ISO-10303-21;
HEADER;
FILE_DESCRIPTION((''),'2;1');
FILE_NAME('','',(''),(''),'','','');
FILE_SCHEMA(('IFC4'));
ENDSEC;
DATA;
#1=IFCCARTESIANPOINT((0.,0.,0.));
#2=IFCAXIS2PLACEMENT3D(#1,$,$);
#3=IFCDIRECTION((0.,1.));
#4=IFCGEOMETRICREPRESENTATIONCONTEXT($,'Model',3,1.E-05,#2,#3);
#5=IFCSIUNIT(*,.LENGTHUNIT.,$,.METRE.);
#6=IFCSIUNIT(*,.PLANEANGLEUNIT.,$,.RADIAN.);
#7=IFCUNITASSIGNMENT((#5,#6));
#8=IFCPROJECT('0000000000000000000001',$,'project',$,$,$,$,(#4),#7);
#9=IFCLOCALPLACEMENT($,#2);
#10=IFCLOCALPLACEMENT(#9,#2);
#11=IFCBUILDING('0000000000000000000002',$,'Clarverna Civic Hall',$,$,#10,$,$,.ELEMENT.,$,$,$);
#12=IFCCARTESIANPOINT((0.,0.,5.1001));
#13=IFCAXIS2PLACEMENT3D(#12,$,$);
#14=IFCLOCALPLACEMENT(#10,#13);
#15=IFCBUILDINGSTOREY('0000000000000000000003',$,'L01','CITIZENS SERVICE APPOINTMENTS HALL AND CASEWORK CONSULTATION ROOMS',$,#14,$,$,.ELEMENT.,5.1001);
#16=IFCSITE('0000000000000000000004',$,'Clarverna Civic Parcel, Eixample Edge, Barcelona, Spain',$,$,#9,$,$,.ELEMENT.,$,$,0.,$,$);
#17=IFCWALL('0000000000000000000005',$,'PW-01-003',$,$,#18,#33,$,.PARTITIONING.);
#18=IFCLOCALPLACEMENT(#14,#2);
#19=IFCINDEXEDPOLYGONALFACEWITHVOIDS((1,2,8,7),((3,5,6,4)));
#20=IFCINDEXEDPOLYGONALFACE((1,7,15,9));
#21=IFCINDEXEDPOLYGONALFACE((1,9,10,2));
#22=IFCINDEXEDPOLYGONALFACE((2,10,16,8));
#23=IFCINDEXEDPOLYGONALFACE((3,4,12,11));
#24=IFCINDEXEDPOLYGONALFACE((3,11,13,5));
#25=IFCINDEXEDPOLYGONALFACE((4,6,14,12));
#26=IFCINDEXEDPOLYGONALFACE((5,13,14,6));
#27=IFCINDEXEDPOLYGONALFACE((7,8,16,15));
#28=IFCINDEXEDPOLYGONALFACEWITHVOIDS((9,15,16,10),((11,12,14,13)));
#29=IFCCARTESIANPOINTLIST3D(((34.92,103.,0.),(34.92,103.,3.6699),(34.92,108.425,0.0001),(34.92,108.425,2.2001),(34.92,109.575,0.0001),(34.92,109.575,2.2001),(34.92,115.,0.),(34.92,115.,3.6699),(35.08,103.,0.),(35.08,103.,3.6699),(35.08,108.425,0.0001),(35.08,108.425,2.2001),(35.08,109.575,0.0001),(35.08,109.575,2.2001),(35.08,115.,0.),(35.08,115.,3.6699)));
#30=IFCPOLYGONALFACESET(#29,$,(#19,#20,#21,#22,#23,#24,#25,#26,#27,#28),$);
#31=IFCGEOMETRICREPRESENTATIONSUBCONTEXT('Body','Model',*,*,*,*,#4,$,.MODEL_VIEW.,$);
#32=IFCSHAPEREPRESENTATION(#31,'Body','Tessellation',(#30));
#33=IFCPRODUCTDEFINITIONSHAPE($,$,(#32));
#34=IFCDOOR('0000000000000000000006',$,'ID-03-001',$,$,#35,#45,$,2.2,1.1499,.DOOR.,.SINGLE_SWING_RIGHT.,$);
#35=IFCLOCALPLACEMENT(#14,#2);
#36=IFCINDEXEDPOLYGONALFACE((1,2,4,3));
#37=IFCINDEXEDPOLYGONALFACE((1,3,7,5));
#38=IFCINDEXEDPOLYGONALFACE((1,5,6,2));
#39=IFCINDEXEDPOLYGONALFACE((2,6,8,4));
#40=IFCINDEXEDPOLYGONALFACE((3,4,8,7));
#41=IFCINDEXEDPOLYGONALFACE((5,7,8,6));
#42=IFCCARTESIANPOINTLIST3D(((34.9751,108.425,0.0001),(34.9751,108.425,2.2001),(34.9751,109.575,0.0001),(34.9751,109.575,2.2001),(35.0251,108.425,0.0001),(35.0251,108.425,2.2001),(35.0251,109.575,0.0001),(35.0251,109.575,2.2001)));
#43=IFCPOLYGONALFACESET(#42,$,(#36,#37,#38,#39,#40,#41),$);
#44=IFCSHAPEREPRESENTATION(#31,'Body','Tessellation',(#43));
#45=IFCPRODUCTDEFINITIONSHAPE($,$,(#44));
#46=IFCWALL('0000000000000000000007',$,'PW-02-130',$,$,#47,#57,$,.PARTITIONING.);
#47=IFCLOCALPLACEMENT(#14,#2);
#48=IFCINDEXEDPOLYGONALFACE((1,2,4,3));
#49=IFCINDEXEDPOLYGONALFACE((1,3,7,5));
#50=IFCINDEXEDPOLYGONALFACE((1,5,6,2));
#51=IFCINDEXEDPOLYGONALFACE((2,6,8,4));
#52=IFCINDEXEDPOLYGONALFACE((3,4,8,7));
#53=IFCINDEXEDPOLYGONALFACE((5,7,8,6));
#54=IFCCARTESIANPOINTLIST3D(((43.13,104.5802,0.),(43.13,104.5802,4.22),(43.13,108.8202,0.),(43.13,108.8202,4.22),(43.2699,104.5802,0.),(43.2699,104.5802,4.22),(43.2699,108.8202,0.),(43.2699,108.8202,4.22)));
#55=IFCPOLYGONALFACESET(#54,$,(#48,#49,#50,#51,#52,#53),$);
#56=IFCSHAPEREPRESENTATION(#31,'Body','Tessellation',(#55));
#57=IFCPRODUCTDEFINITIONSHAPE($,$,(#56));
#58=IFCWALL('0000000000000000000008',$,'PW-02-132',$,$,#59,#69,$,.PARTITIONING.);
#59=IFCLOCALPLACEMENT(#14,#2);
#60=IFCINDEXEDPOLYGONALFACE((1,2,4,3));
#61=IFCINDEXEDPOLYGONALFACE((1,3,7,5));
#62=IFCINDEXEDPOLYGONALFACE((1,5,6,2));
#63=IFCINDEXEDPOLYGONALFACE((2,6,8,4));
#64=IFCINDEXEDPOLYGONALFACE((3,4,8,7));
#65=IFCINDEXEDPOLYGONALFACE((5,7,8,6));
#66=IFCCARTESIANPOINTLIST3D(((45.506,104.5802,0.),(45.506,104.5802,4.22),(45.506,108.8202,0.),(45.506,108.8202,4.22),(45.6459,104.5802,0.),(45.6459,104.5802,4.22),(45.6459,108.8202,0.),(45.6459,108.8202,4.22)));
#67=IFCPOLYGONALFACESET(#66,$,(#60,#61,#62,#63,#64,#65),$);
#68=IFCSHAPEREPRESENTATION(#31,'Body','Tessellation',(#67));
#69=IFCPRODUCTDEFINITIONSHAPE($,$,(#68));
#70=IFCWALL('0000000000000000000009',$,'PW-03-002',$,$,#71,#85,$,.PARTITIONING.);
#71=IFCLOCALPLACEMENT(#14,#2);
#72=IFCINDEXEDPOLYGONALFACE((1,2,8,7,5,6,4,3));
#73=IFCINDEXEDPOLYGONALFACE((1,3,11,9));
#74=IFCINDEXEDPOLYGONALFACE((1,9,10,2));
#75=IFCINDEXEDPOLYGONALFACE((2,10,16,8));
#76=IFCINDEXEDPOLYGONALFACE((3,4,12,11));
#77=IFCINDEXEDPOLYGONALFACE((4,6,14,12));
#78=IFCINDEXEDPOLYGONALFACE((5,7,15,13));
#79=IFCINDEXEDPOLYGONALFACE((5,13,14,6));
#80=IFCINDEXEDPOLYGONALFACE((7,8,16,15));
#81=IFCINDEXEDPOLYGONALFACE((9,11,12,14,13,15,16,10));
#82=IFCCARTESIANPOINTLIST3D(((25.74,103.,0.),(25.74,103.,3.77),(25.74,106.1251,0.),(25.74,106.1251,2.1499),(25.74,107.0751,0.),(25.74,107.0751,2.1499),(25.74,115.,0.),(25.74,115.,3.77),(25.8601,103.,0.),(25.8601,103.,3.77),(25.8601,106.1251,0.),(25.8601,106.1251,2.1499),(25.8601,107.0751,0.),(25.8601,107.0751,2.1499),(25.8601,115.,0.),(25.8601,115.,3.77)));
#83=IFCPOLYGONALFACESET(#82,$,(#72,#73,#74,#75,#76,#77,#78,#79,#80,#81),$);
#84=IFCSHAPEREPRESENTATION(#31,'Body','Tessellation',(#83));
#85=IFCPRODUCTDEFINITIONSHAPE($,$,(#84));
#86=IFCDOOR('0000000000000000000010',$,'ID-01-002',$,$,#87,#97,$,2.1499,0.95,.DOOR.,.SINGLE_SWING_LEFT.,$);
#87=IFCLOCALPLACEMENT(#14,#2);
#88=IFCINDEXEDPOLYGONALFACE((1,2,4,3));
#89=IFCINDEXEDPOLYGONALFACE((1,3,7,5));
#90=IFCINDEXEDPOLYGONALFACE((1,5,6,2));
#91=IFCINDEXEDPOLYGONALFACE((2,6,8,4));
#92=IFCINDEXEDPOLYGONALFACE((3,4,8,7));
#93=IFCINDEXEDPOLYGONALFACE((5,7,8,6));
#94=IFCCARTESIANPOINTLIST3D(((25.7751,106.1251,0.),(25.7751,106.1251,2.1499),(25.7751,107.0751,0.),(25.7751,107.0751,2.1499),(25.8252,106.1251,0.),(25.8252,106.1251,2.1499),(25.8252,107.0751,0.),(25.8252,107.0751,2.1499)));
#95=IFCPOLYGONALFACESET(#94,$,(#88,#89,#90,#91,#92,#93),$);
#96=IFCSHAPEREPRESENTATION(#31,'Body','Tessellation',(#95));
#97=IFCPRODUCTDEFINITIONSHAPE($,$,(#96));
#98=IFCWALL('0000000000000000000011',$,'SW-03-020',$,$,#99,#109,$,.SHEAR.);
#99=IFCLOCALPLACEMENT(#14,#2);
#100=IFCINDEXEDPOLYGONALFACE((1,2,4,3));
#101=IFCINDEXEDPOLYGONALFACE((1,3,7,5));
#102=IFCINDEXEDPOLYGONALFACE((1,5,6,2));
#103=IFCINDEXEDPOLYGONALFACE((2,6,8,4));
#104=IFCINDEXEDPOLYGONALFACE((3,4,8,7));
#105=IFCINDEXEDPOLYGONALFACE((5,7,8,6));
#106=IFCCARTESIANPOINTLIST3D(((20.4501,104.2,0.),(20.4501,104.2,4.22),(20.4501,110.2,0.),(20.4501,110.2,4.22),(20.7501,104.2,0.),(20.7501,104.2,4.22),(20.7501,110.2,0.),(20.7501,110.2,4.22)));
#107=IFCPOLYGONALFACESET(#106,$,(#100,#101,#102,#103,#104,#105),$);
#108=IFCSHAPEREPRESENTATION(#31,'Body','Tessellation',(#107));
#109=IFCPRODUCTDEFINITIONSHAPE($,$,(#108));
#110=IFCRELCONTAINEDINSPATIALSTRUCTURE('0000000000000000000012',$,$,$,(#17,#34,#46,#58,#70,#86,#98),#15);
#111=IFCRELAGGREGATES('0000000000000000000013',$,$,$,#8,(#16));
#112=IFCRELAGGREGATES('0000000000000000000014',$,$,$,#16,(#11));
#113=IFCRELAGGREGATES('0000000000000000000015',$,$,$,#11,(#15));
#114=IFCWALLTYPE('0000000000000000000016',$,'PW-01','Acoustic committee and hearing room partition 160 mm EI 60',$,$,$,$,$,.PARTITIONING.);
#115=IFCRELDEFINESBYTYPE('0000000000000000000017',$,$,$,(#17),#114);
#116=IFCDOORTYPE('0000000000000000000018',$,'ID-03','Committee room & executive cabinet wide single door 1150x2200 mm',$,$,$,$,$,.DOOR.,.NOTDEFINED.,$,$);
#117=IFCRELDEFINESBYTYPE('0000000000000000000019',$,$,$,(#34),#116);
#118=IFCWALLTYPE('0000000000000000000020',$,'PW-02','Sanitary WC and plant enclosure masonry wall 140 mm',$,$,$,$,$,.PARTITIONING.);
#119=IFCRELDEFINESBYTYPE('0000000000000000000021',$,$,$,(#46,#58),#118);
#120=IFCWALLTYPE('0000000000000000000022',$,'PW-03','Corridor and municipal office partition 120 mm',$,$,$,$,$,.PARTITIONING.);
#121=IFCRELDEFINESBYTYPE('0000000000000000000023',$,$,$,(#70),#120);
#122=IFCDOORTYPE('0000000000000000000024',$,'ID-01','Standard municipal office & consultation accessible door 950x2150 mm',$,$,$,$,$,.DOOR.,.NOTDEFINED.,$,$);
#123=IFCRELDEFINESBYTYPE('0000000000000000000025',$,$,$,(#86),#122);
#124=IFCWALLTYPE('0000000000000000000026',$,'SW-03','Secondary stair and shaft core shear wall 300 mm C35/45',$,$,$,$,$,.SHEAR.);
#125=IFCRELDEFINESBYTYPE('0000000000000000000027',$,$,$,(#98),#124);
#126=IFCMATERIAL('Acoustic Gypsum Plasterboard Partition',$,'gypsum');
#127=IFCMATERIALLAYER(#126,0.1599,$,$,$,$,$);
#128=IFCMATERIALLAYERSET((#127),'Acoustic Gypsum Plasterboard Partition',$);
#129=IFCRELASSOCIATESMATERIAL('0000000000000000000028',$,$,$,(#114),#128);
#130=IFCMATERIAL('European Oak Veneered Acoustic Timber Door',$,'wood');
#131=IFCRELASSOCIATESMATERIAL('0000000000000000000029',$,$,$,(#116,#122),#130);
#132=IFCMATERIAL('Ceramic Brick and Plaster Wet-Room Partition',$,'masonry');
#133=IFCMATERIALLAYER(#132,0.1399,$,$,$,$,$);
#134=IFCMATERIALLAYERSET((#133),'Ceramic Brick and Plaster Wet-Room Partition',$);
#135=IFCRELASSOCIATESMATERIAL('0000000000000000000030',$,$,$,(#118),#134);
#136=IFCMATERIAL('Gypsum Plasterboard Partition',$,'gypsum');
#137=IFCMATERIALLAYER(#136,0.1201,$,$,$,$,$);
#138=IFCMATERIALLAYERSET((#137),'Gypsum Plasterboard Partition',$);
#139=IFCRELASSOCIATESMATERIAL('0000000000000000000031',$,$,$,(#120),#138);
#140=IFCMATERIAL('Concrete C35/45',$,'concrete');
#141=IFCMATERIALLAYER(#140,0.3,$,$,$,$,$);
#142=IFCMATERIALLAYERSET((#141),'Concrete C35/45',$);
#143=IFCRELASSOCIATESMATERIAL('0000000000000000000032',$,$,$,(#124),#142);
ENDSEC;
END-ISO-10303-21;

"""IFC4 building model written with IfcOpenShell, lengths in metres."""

from ifc_helpers import new_model, si_unit, direction, frame, frame_2d, origin, place, context, subcontext, project, spatial, rectangle, extrude, material, layer, layer_set, type_object, element, fill, save


model = new_model("IFC4")

# Units and contexts
model_context = context("Model", 3, precision=1e-05, world=origin(), true_north=direction((0.0, 1.0)))
body_context = subcontext(model_context, "Body", "Model", "MODEL_VIEW")
ifc_project = project(units=[si_unit("LENGTHUNIT", "METRE"), si_unit("PLANEANGLEUNIT", "RADIAN")], contexts=[model_context])

# Site, building, storey
site_placement = place(None, origin())
site = spatial("IfcSite", under=ifc_project, at=site_placement, Name="Clarverna Civic Parcel, Eixample Edge, Barcelona, Spain", CompositionType="ELEMENT", RefElevation=0.0)
building_placement = place(site_placement, origin())
building = spatial("IfcBuilding", under=site, at=building_placement, Name="Clarverna Civic Hall", CompositionType="ELEMENT")
storey_placement = place(building_placement, frame((0.0, 0.0, 5.1001)))
storey = spatial("IfcBuildingStorey", under=building, at=storey_placement, Name="L01", Description="CITIZENS SERVICE APPOINTMENTS HALL AND CASEWORK CONSULTATION ROOMS", CompositionType="ELEMENT", Elevation=5.1001)

# Shared definitions
ifc_material_1 = material(Name="Concrete C35/45", Category="concrete")

# Wall, opening, door
ifc_material_2 = material(Name="Acoustic Gypsum Plasterboard Partition", Category="gypsum")
ifc_layer_1 = layer(ifc_material_2, 0.1599)
ifc_layer_set_1 = layer_set([ifc_layer_1], Name="Acoustic Gypsum Plasterboard Partition")
wall_type_1 = type_object("IfcWallType", Name="PW-01", Description="Acoustic committee and hearing room partition 160 mm EI 60", PredefinedType="PARTITIONING", material=ifc_layer_set_1)
wall_1_placement = place(storey_placement, frame((35.0, 103.0, 0.0), z_axis=(0.0, 0.0, 1.0), x_axis=(0.0, 1.0, 0.0)))
wall_1 = element("IfcWall", 1, at=wall_1_placement, inside=storey, type_object=wall_type_1, Name="PW-01-003", PredefinedType="PARTITIONING", context=body_context, shape_type="SweptSolid", body=[
    extrude(rectangle(XDim=12.0, YDim=0.1599, at=frame_2d((6.0, 0.0))), origin(), (0.0, 0.0, 1.0), 3.6699),
])
opening_1_placement = place(wall_1_placement, frame((5.425, 0.0, 0.0)))
opening_1 = element("IfcOpeningElement", 2, at=opening_1_placement, cuts=wall_1, PredefinedType="OPENING", context=body_context, shape_type="SweptSolid", body=[
    extrude(rectangle(XDim=1.1499, YDim=2.2, at=frame_2d((0.575, 1.1001))), frame((0.0, 0.0898, 0.0), z_axis=(0.0, -1.0, 0.0), x_axis=(1.0, 0.0, 0.0)), (0.0, 0.0, 1.0), 0.1799),
])
ifc_material_3 = material(Name="European Oak Veneered Acoustic Timber Door", Category="wood")
door_type_1 = type_object("IfcDoorType", Name="ID-03", Description="Committee room & executive cabinet wide single door 1150x2200 mm", OperationType="NOTDEFINED", PredefinedType="DOOR", material=ifc_material_3)
door_1_placement = place(opening_1_placement, origin())
door_1 = element("IfcDoor", 3, at=door_1_placement, inside=storey, type_object=door_type_1, Name="ID-03-001", OperationType="SINGLE_SWING_RIGHT", OverallHeight=2.2, OverallWidth=1.1499, PredefinedType="DOOR", context=body_context, shape_type="SweptSolid", body=[
    extrude(rectangle(XDim=1.1499, YDim=2.2, at=frame_2d((0.575, 1.1001))), frame((0.0, 0.0249, 0.0), z_axis=(0.0, -1.0, 0.0), x_axis=(1.0, 0.0, 0.0)), (0.0, 0.0, 1.0), 0.05),
])
fill(opening_1, door_1)

# Walls
ifc_material_4 = material(Name="Ceramic Brick and Plaster Wet-Room Partition", Category="masonry")
ifc_layer_2 = layer(ifc_material_4, 0.1399)
ifc_layer_set_2 = layer_set([ifc_layer_2], Name="Ceramic Brick and Plaster Wet-Room Partition")
wall_type_2 = type_object("IfcWallType", Name="PW-02", Description="Sanitary WC and plant enclosure masonry wall 140 mm", PredefinedType="PARTITIONING", material=ifc_layer_set_2)
for number, where, z_axis, x_axis, name in (
    (4, (43.2, 104.5801, 0.0), (0.0, 0.0, 1.0), (0.0, 1.0, 0.0), "PW-02-130"),
    (5, (45.5759, 104.5801, 0.0), (0.0, 0.0, 1.0), (0.0, 1.0, 0.0), "PW-02-132"),
):
    element("IfcWall", number, at=place(storey_placement, frame(where, z_axis=z_axis, x_axis=x_axis)), inside=storey, type_object=wall_type_2, Name=name, PredefinedType="PARTITIONING", context=body_context, shape_type="SweptSolid", body=[
        extrude(rectangle(XDim=4.24, YDim=0.1399, at=frame_2d((2.1201, 0.0))), origin(), (0.0, 0.0, 1.0), 4.22),
    ])

# Wall, opening, door
ifc_material_5 = material(Name="Gypsum Plasterboard Partition", Category="gypsum")
ifc_layer_3 = layer(ifc_material_5, 0.1201)
ifc_layer_set_3 = layer_set([ifc_layer_3], Name="Gypsum Plasterboard Partition")
wall_type_3 = type_object("IfcWallType", Name="PW-03", Description="Corridor and municipal office partition 120 mm", PredefinedType="PARTITIONING", material=ifc_layer_set_3)
wall_2_placement = place(storey_placement, frame((25.8, 103.0, 0.0), z_axis=(0.0, 0.0, 1.0), x_axis=(0.0, 1.0, 0.0)))
wall_2 = element("IfcWall", 6, at=wall_2_placement, inside=storey, type_object=wall_type_3, Name="PW-03-002", PredefinedType="PARTITIONING", context=body_context, shape_type="SweptSolid", body=[
    extrude(rectangle(XDim=12.0, YDim=0.1201, at=frame_2d((6.0, 0.0))), origin(), (0.0, 0.0, 1.0), 3.77),
])
opening_2_placement = place(wall_2_placement, frame((3.125, 0.0, 0.0)))
opening_2 = element("IfcOpeningElement", 7, at=opening_2_placement, cuts=wall_2, PredefinedType="OPENING", context=body_context, shape_type="SweptSolid", body=[
    extrude(rectangle(XDim=0.95, YDim=2.1499, at=frame_2d((0.4751, 1.075))), frame((0.0, 0.0701, 0.0), z_axis=(0.0, -1.0, 0.0), x_axis=(1.0, 0.0, 0.0)), (0.0, 0.0, 1.0), 0.1401),
])
door_type_2 = type_object("IfcDoorType", Name="ID-01", Description="Standard municipal office & consultation accessible door 950x2150 mm", OperationType="NOTDEFINED", PredefinedType="DOOR", material=ifc_material_3)
door_2_placement = place(opening_2_placement, origin())
door_2 = element("IfcDoor", 8, at=door_2_placement, inside=storey, type_object=door_type_2, Name="ID-01-002", OperationType="SINGLE_SWING_LEFT", OverallHeight=2.1499, OverallWidth=0.95, PredefinedType="DOOR", context=body_context, shape_type="SweptSolid", body=[
    extrude(rectangle(XDim=0.95, YDim=2.1499, at=frame_2d((0.4751, 1.075))), frame((0.0, 0.0249, 0.0), z_axis=(0.0, -1.0, 0.0), x_axis=(1.0, 0.0, 0.0)), (0.0, 0.0, 1.0), 0.05),
])
fill(opening_2, door_2)

# Wall
ifc_layer_4 = layer(ifc_material_1, 0.3)
ifc_layer_set_4 = layer_set([ifc_layer_4], Name="Concrete C35/45")
wall_type_4 = type_object("IfcWallType", Name="SW-03", Description="Secondary stair and shaft core shear wall 300 mm C35/45", PredefinedType="SHEAR", material=ifc_layer_set_4)
wall_3_placement = place(storey_placement, frame((20.6001, 104.2, 0.0), z_axis=(0.0, 0.0, 1.0), x_axis=(0.0, 1.0, 0.0)))
element("IfcWall", 9, at=wall_3_placement, inside=storey, type_object=wall_type_4, Name="SW-03-020", PredefinedType="SHEAR", context=body_context, shape_type="SweptSolid", body=[
    extrude(rectangle(XDim=6.0, YDim=0.3, at=frame_2d((3.0, 0.0))), origin(), (0.0, 0.0, 1.0), 4.22),
])

save(model, "model.ifc")
